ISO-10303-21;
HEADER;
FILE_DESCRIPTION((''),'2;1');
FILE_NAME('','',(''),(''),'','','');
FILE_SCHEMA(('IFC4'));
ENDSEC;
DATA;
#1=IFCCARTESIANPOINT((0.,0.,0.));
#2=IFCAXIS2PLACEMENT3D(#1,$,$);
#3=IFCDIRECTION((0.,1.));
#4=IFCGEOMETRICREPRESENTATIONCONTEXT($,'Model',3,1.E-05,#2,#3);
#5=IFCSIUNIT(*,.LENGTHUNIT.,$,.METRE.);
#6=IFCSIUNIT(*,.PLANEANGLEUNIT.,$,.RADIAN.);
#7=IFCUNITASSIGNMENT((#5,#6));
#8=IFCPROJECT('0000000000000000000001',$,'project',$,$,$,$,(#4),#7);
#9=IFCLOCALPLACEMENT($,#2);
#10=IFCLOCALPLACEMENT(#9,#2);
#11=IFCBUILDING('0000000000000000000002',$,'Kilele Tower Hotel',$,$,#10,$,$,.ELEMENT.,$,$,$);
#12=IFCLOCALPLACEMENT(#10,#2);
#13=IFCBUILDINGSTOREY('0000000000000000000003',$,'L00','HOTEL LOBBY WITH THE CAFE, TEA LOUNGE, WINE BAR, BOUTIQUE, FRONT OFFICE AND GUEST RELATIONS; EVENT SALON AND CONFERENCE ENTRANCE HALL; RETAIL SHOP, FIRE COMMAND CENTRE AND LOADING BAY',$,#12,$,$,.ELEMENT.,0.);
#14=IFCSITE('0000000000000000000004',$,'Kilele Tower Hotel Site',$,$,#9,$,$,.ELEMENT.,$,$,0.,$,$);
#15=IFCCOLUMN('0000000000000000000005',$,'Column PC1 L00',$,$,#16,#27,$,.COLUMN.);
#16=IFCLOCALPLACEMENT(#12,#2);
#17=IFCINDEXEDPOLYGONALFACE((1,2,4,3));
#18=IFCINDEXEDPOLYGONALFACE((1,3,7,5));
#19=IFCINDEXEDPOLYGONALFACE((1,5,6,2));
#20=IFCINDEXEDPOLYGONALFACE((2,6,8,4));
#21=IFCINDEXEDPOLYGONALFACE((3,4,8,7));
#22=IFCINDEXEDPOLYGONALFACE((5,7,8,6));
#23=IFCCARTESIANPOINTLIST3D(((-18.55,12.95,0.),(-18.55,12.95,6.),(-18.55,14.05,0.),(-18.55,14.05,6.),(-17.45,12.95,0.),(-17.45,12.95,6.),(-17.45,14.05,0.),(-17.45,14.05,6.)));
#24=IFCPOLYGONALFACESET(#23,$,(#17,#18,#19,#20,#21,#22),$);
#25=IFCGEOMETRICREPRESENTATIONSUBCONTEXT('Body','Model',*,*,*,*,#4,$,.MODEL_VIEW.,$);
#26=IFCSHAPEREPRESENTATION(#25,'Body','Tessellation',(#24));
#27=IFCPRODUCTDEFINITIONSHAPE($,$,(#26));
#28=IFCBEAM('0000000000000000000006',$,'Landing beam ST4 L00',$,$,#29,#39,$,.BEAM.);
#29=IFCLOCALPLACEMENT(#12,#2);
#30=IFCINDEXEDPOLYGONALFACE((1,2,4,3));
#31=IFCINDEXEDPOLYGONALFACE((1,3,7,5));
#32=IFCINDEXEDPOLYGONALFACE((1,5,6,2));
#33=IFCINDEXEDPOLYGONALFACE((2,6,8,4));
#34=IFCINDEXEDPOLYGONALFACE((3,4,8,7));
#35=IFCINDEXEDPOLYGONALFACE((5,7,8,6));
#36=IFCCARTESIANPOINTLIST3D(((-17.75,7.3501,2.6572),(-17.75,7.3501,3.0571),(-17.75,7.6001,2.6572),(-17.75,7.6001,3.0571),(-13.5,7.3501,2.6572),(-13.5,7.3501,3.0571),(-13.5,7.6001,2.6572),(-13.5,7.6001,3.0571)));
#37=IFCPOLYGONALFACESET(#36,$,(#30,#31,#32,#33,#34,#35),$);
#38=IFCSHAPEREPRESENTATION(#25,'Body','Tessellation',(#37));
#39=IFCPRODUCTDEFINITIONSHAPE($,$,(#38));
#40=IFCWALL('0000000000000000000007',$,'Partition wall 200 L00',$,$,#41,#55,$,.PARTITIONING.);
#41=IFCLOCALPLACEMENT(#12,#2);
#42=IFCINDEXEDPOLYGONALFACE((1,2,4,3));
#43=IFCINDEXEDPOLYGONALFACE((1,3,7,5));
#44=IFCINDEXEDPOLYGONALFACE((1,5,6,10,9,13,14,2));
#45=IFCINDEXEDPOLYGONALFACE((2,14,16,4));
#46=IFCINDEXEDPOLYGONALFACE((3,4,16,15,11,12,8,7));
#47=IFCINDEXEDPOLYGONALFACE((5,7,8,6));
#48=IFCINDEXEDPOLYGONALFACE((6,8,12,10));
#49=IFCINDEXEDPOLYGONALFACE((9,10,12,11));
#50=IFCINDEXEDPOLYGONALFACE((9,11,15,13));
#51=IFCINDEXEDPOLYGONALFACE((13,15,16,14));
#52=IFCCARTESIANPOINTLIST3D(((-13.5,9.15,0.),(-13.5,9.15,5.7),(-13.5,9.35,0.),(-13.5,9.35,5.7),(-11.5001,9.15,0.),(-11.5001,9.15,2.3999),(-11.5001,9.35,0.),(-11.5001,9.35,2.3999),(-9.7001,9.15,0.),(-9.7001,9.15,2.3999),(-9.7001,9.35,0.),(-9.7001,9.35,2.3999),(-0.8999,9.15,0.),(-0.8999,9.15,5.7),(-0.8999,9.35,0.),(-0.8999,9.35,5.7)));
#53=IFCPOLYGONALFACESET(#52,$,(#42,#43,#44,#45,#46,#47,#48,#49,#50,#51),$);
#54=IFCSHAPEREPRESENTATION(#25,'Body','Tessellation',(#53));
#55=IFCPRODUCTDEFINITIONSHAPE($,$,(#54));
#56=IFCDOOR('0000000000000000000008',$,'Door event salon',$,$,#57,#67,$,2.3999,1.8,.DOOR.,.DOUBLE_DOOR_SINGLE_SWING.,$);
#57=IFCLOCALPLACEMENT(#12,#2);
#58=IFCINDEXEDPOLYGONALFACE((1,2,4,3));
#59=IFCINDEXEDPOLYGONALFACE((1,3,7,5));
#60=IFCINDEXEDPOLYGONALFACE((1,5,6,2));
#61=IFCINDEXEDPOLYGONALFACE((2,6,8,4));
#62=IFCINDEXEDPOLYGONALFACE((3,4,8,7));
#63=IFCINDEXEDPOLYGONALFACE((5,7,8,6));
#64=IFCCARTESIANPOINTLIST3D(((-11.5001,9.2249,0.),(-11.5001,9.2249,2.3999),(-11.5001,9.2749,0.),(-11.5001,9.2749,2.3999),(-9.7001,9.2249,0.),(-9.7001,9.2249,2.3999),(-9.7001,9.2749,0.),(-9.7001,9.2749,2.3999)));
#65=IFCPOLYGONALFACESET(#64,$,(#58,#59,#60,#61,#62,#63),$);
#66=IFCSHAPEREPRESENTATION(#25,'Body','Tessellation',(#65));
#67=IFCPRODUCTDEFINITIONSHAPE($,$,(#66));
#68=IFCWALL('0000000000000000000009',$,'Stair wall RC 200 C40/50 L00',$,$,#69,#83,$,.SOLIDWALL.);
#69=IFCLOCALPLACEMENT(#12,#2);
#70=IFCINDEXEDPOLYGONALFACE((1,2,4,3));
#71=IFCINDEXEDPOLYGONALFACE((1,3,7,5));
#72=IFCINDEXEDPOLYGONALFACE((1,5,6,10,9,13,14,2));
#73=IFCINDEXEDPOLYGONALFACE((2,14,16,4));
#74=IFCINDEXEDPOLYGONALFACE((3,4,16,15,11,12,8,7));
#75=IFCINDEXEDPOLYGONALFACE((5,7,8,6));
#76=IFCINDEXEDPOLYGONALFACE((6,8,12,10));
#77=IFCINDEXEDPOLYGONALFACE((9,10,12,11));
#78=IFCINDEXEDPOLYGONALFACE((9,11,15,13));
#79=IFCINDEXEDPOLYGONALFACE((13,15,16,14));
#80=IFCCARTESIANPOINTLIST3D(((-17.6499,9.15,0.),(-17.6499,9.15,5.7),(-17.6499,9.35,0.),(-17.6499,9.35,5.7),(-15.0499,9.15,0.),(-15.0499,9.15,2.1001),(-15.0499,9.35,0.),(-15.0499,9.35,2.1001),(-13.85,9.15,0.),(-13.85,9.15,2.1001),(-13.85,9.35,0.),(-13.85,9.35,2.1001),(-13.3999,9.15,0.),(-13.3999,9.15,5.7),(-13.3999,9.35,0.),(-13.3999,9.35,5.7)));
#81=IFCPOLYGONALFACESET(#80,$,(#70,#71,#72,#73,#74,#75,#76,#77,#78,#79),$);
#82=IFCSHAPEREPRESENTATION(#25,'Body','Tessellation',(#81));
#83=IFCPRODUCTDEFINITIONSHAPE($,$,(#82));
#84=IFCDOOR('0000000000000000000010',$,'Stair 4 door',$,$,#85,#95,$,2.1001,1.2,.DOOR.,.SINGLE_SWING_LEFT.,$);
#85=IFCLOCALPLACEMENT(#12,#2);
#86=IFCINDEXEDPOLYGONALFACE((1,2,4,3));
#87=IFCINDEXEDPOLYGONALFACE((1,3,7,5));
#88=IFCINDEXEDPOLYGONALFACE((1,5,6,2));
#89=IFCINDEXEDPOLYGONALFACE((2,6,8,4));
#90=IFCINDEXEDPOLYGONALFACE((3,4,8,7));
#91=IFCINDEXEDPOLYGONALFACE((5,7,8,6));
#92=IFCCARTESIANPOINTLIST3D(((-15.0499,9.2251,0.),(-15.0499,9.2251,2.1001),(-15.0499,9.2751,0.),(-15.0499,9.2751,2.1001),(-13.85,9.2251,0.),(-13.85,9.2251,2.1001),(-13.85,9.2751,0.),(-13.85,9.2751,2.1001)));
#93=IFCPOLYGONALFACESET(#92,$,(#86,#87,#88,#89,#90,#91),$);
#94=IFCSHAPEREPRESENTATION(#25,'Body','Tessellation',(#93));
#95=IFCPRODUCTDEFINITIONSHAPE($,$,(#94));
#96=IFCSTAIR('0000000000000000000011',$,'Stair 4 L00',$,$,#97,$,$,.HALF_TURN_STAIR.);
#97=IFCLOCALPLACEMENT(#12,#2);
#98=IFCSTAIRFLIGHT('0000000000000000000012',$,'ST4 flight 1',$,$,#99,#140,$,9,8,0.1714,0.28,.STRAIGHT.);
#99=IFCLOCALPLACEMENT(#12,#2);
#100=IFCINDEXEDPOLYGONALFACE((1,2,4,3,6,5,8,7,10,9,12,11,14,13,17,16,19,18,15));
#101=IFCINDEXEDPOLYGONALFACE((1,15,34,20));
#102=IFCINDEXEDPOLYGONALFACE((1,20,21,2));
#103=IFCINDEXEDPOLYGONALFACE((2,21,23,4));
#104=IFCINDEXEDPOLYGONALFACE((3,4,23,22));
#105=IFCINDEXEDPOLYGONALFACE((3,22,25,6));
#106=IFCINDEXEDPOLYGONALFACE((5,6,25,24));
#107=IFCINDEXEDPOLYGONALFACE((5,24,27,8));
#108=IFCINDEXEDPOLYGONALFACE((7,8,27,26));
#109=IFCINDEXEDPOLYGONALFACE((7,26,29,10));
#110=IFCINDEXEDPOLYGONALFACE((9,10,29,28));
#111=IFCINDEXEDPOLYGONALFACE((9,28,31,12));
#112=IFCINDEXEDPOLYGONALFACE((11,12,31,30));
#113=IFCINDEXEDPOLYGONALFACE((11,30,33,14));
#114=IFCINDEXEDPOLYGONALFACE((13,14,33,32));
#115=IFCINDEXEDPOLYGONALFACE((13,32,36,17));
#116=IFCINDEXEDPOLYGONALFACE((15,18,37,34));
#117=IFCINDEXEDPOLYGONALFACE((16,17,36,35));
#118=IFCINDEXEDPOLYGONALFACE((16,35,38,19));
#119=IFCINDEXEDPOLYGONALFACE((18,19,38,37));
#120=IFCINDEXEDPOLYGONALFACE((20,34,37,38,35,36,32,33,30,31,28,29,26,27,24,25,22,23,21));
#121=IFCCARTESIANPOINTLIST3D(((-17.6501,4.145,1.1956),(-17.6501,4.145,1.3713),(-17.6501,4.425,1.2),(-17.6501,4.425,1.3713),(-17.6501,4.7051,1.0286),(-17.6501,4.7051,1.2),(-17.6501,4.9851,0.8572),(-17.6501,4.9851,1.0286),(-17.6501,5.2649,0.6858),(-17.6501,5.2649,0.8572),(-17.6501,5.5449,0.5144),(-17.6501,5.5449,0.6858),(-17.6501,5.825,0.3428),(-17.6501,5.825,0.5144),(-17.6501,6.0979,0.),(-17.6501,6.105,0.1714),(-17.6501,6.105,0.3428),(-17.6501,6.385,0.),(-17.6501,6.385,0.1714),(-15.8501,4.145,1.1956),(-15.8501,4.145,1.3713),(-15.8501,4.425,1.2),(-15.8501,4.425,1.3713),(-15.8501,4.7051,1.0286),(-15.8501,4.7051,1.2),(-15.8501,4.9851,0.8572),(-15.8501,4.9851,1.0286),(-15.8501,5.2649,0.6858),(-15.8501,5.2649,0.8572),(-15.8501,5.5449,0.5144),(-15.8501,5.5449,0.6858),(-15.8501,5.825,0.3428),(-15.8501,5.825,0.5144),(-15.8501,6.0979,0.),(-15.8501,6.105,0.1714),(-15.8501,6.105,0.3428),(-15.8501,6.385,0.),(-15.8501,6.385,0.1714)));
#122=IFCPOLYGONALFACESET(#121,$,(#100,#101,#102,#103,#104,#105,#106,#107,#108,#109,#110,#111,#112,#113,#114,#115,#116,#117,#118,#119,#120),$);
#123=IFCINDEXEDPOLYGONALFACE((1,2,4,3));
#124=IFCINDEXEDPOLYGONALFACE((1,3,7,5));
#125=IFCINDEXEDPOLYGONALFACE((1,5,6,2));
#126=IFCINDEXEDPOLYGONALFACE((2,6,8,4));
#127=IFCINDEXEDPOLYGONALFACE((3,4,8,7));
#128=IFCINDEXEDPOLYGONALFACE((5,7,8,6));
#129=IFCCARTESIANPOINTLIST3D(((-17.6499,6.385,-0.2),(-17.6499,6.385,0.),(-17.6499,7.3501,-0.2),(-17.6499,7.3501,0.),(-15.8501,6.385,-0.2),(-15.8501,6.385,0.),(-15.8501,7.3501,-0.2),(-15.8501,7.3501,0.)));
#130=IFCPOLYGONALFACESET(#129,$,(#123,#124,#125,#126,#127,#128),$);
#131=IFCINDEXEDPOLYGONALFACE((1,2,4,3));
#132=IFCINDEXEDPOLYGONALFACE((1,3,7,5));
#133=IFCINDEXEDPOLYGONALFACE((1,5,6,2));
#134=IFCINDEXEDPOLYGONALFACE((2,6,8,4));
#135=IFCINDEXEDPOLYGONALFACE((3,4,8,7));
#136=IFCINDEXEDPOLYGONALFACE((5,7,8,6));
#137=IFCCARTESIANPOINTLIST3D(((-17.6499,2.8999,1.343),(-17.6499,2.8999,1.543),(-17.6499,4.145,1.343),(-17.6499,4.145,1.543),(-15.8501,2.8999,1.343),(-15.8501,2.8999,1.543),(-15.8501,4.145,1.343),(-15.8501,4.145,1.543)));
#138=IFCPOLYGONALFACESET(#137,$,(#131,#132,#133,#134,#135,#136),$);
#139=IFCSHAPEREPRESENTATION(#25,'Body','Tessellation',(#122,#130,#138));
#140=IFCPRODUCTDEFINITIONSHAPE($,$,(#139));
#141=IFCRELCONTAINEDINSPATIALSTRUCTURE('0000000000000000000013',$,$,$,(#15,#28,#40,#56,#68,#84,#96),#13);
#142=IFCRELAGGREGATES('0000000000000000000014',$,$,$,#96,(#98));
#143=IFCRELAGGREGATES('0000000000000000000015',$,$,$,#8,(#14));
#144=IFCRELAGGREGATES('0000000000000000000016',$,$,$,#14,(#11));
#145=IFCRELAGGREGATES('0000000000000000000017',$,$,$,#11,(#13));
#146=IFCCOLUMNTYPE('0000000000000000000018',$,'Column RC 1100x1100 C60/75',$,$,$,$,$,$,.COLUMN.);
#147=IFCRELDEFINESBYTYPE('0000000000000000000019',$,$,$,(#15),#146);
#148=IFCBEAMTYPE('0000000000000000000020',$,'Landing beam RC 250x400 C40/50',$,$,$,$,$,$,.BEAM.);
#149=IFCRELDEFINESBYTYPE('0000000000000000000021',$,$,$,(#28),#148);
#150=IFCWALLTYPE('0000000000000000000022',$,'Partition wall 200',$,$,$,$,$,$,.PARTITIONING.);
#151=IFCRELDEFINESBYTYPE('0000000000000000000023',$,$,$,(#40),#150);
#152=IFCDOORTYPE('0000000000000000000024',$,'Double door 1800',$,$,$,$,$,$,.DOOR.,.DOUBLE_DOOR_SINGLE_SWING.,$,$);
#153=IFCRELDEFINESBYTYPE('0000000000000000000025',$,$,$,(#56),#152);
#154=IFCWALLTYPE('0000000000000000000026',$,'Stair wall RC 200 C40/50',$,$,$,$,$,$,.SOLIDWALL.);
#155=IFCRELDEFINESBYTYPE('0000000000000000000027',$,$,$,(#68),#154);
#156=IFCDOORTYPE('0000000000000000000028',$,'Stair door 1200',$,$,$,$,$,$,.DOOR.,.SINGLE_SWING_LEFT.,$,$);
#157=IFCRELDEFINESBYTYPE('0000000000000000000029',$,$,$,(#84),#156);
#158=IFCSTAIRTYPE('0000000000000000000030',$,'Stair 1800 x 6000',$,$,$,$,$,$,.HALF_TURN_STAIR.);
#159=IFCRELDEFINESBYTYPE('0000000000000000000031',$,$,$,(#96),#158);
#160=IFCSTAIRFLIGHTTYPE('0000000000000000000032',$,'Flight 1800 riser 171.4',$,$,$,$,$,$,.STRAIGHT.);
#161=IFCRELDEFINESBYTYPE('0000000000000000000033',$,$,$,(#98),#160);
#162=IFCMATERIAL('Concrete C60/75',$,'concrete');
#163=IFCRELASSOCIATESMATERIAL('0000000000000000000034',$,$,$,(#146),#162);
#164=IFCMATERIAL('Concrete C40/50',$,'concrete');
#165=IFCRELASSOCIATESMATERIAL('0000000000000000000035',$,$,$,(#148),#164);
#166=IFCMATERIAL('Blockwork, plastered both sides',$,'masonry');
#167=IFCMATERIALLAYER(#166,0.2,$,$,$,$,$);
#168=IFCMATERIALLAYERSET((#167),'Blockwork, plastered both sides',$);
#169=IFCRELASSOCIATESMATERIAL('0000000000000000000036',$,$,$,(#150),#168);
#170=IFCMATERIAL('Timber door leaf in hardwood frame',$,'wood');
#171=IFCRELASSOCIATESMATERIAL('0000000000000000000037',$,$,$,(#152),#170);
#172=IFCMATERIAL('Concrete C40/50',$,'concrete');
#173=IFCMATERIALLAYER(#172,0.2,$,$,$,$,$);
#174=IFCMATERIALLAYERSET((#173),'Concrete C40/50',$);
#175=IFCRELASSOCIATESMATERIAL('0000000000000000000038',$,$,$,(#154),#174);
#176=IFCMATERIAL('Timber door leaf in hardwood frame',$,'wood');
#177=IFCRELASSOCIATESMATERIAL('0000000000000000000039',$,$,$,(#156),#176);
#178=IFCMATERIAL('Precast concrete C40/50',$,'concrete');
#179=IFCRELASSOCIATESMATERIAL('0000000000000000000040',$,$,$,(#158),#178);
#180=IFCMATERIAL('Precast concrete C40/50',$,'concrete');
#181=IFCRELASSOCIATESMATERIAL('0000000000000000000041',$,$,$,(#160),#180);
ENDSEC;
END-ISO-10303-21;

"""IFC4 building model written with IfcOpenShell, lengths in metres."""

from ifc_helpers import new_model, si_unit, direction, frame, frame_2d, origin, origin_2d, place, context, subcontext, project, spatial, polyline, rectangle, outline, extrude, material, layer, layer_set, material_profile, profile_set, type_object, element, fill, aggregate, save


model = new_model("IFC4")

# Units and contexts
model_context = context("Model", 3, precision=1e-05, world=origin(), true_north=direction((0.0, 1.0)))
body_context = subcontext(model_context, "Body", "Model", "MODEL_VIEW")
ifc_project = project(units=[si_unit("LENGTHUNIT", "METRE"), si_unit("PLANEANGLEUNIT", "RADIAN")], contexts=[model_context])

# Site, building, storey
site_placement = place(None, origin())
site = spatial("IfcSite", under=ifc_project, at=site_placement, Name="Kilele Tower Hotel Site", CompositionType="ELEMENT", RefElevation=0.0)
building_placement = place(site_placement, origin())
building = spatial("IfcBuilding", under=site, at=building_placement, Name="Kilele Tower Hotel", CompositionType="ELEMENT")
storey_placement = place(building_placement, origin())
storey = spatial("IfcBuildingStorey", under=building, at=storey_placement, Name="L00", Description="HOTEL LOBBY WITH THE CAFE, TEA LOUNGE, WINE BAR, BOUTIQUE, FRONT OFFICE AND GUEST RELATIONS; EVENT SALON AND CONFERENCE ENTRANCE HALL; RETAIL SHOP, FIRE COMMAND CENTRE AND LOADING BAY", CompositionType="ELEMENT", Elevation=0.0)

# Column
ifc_material_1 = material(Name="Concrete C60/75", Category="concrete")
ifc_material_profile_1 = material_profile(ifc_material_1, rectangle(XDim=1.1001, YDim=1.1001, at=origin_2d()))
ifc_profile_set_1 = profile_set([ifc_material_profile_1], Name="Concrete C60/75")
column_type = type_object("IfcColumnType", Name="Column RC 1100x1100 C60/75", PredefinedType="COLUMN", material=ifc_profile_set_1)
column_placement = place(storey_placement, frame((-18.0, 13.5, 0.0), z_axis=(0.0, 0.0, 1.0), x_axis=(1.0, 0.0, 0.0)))
element("IfcColumn", 1, at=column_placement, inside=storey, type_object=column_type, Name="Column PC1 L00", PredefinedType="COLUMN", context=body_context, shape_type="SweptSolid", body=[
    extrude(rectangle(XDim=1.1001, YDim=1.1001, at=origin_2d()), origin(), (0.0, 0.0, 1.0), 6.0),
])

# Beam
ifc_material_2 = material(Name="Concrete C40/50", Category="concrete")
ifc_material_profile_2 = material_profile(ifc_material_2, rectangle(XDim=0.25, YDim=0.3999, at=origin_2d()))
ifc_profile_set_2 = profile_set([ifc_material_profile_2], Name="Concrete C40/50")
beam_type = type_object("IfcBeamType", Name="Landing beam RC 250x400 C40/50", PredefinedType="BEAM", material=ifc_profile_set_2)
beam_placement = place(storey_placement, frame((-17.75, 7.4751, 2.8572), z_axis=(1.0, 0.0, 0.0), x_axis=(0.0, 1.0, 0.0)))
element("IfcBeam", 2, at=beam_placement, inside=storey, type_object=beam_type, Name="Landing beam ST4 L00", PredefinedType="BEAM", context=body_context, shape_type="SweptSolid", body=[
    extrude(rectangle(XDim=0.25, YDim=0.3999, at=origin_2d()), origin(), (0.0, 0.0, 1.0), 4.25),
])

# Wall, opening, door
ifc_material_3 = material(Name="Blockwork, plastered both sides", Category="masonry")
ifc_layer_1 = layer(ifc_material_3, 0.2)
ifc_layer_set_1 = layer_set([ifc_layer_1], Name="Blockwork, plastered both sides")
wall_type_1 = type_object("IfcWallType", Name="Partition wall 200", PredefinedType="PARTITIONING", material=ifc_layer_set_1)
wall_1_placement = place(storey_placement, frame((-13.5, 9.25, 0.0), z_axis=(0.0, 0.0, 1.0), x_axis=(1.0, 0.0, 0.0)))
wall_1 = element("IfcWall", 3, at=wall_1_placement, inside=storey, type_object=wall_type_1, Name="Partition wall 200 L00", PredefinedType="PARTITIONING", context=body_context, shape_type="SweptSolid", body=[
    extrude(rectangle(XDim=12.6001, YDim=0.2, at=frame_2d((6.3, 0.0))), origin(), (0.0, 0.0, 1.0), 5.7),
])
opening_1_placement = place(wall_1_placement, frame((2.0, 0.0, 0.0)))
opening_1 = element("IfcOpeningElement", 4, at=opening_1_placement, cuts=wall_1, PredefinedType="OPENING", context=body_context, shape_type="SweptSolid", body=[
    extrude(rectangle(XDim=1.8, YDim=2.3999, at=frame_2d((0.8999, 1.2))), frame((0.0, 0.1099, 0.0), z_axis=(0.0, -1.0, 0.0), x_axis=(1.0, 0.0, 0.0)), (0.0, 0.0, 1.0), 0.22),
])
ifc_material_4 = material(Name="Timber door leaf in hardwood frame", Category="wood")
door_type_1 = type_object("IfcDoorType", Name="Double door 1800", OperationType="DOUBLE_DOOR_SINGLE_SWING", PredefinedType="DOOR", material=ifc_material_4)
door_1_placement = place(opening_1_placement, origin())
door_1 = element("IfcDoor", 5, at=door_1_placement, inside=storey, type_object=door_type_1, Name="Door event salon", OperationType="DOUBLE_DOOR_SINGLE_SWING", OverallHeight=2.3999, OverallWidth=1.8, PredefinedType="DOOR", context=body_context, shape_type="SweptSolid", body=[
    extrude(rectangle(XDim=1.8, YDim=2.3999, at=frame_2d((0.8999, 1.2))), frame((0.0, 0.0249, 0.0), z_axis=(0.0, -1.0, 0.0), x_axis=(1.0, 0.0, 0.0)), (0.0, 0.0, 1.0), 0.05),
])
fill(opening_1, door_1)

# Wall, opening, door
ifc_material_5 = material(Name="Concrete C40/50", Category="concrete")
ifc_layer_2 = layer(ifc_material_5, 0.2)
ifc_layer_set_2 = layer_set([ifc_layer_2], Name="Concrete C40/50")
wall_type_2 = type_object("IfcWallType", Name="Stair wall RC 200 C40/50", PredefinedType="SOLIDWALL", material=ifc_layer_set_2)
wall_2_placement = place(storey_placement, frame((-17.6499, 9.25, 0.0), z_axis=(0.0, 0.0, 1.0), x_axis=(1.0, 0.0, 0.0)))
wall_2 = element("IfcWall", 6, at=wall_2_placement, inside=storey, type_object=wall_type_2, Name="Stair wall RC 200 C40/50 L00", PredefinedType="SOLIDWALL", context=body_context, shape_type="SweptSolid", body=[
    extrude(rectangle(XDim=4.25, YDim=0.2, at=frame_2d((2.125, 0.0))), origin(), (0.0, 0.0, 1.0), 5.7),
])
opening_2_placement = place(wall_2_placement, frame((3.8, 0.0, 0.0), z_axis=(0.0, 0.0, 1.0), x_axis=(-1.0, 0.0, 0.0)))
opening_2 = element("IfcOpeningElement", 7, at=opening_2_placement, cuts=wall_2, PredefinedType="OPENING", context=body_context, shape_type="SweptSolid", body=[
    extrude(rectangle(XDim=1.2, YDim=2.1001, at=frame_2d((0.6001, 1.05))), frame((0.0, 0.1099, 0.0), z_axis=(0.0, -1.0, 0.0), x_axis=(1.0, 0.0, 0.0)), (0.0, 0.0, 1.0), 0.22),
])
ifc_material_6 = material(Name="Timber door leaf in hardwood frame", Category="wood")
door_type_2 = type_object("IfcDoorType", Name="Stair door 1200", OperationType="SINGLE_SWING_LEFT", PredefinedType="DOOR", material=ifc_material_6)
door_2_placement = place(opening_2_placement, origin())
door_2 = element("IfcDoor", 8, at=door_2_placement, inside=storey, type_object=door_type_2, Name="Stair 4 door", OperationType="SINGLE_SWING_LEFT", OverallHeight=2.1001, OverallWidth=1.2, PredefinedType="DOOR", context=body_context, shape_type="SweptSolid", body=[
    extrude(rectangle(XDim=1.2, YDim=2.1001, at=frame_2d((0.6001, 1.05))), frame((0.0, 0.0249, 0.0), z_axis=(0.0, -1.0, 0.0), x_axis=(1.0, 0.0, 0.0)), (0.0, 0.0, 1.0), 0.05),
])
fill(opening_2, door_2)

# Stair, stair flight
ifc_material_7 = material(Name="Precast concrete C40/50", Category="concrete")
stair_type = type_object("IfcStairType", Name="Stair 1800 x 6000", PredefinedType="HALF_TURN_STAIR", material=ifc_material_7)
stair_placement = place(storey_placement, origin())
stair = element("IfcStair", 9, at=stair_placement, inside=storey, type_object=stair_type, Name="Stair 4 L00", PredefinedType="HALF_TURN_STAIR")
ifc_material_8 = material(Name="Precast concrete C40/50", Category="concrete")
stair_flight_type = type_object("IfcStairFlightType", Name="Flight 1800 riser 171.4", PredefinedType="STRAIGHT", material=ifc_material_8)
stair_flight_1_placement = place(storey_placement, frame((-16.75, 6.385, 0.0), z_axis=(0.0, 0.0, 1.0), x_axis=(0.0, -1.0, 0.0)))
stair_flight_1 = element("IfcStairFlight", 10, at=stair_flight_1_placement, type_object=stair_flight_type, Name="ST4 flight 1", NumberOfRisers=9, NumberOfTreads=8, PredefinedType="STRAIGHT", RiserHeight=0.1714, TreadLength=0.28, context=body_context, shape_type="SweptSolid", body=[
    extrude(outline(polyline([(0.0, 0.0), (0.0, 0.1714), (0.28, 0.1714), (0.28, 0.3428), (0.5601, 0.3428), (0.5601, 0.5144), (0.8401, 0.5144), (0.8401, 0.6858), (1.1201, 0.6858), (1.1201, 0.8572), (1.3999, 0.8572), (1.3999, 1.0286), (1.6799, 1.0286), (1.6799, 1.2), (1.96, 1.2), (1.96, 1.3713), (2.24, 1.3713), (2.24, 1.543), (2.24, 1.1956), (0.2871, 0.0), (0.0, 0.0)])), frame((0.0, 0.8999, 0.0), z_axis=(0.0, -1.0, 0.0), x_axis=(1.0, 0.0, 0.0)), (0.0, 0.0, 1.0), 1.8),
    extrude(outline(polyline([(0.0, -0.8999), (0.0, 0.8999), (-0.9651, 0.8999), (-0.9651, -0.8999), (0.0, -0.8999)])), frame((0.0, 0.0, -0.2)), (0.0, 0.0, 1.0), 0.2),
    extrude(outline(polyline([(3.4851, -0.8999), (3.4851, 0.8999), (2.24, 0.8999), (2.24, -0.8999), (3.4851, -0.8999)])), frame((0.0, 0.0, 1.343)), (0.0, 0.0, 1.0), 0.2),
])
aggregate(stair, [stair_flight_1])

save(model, "model.ifc")
